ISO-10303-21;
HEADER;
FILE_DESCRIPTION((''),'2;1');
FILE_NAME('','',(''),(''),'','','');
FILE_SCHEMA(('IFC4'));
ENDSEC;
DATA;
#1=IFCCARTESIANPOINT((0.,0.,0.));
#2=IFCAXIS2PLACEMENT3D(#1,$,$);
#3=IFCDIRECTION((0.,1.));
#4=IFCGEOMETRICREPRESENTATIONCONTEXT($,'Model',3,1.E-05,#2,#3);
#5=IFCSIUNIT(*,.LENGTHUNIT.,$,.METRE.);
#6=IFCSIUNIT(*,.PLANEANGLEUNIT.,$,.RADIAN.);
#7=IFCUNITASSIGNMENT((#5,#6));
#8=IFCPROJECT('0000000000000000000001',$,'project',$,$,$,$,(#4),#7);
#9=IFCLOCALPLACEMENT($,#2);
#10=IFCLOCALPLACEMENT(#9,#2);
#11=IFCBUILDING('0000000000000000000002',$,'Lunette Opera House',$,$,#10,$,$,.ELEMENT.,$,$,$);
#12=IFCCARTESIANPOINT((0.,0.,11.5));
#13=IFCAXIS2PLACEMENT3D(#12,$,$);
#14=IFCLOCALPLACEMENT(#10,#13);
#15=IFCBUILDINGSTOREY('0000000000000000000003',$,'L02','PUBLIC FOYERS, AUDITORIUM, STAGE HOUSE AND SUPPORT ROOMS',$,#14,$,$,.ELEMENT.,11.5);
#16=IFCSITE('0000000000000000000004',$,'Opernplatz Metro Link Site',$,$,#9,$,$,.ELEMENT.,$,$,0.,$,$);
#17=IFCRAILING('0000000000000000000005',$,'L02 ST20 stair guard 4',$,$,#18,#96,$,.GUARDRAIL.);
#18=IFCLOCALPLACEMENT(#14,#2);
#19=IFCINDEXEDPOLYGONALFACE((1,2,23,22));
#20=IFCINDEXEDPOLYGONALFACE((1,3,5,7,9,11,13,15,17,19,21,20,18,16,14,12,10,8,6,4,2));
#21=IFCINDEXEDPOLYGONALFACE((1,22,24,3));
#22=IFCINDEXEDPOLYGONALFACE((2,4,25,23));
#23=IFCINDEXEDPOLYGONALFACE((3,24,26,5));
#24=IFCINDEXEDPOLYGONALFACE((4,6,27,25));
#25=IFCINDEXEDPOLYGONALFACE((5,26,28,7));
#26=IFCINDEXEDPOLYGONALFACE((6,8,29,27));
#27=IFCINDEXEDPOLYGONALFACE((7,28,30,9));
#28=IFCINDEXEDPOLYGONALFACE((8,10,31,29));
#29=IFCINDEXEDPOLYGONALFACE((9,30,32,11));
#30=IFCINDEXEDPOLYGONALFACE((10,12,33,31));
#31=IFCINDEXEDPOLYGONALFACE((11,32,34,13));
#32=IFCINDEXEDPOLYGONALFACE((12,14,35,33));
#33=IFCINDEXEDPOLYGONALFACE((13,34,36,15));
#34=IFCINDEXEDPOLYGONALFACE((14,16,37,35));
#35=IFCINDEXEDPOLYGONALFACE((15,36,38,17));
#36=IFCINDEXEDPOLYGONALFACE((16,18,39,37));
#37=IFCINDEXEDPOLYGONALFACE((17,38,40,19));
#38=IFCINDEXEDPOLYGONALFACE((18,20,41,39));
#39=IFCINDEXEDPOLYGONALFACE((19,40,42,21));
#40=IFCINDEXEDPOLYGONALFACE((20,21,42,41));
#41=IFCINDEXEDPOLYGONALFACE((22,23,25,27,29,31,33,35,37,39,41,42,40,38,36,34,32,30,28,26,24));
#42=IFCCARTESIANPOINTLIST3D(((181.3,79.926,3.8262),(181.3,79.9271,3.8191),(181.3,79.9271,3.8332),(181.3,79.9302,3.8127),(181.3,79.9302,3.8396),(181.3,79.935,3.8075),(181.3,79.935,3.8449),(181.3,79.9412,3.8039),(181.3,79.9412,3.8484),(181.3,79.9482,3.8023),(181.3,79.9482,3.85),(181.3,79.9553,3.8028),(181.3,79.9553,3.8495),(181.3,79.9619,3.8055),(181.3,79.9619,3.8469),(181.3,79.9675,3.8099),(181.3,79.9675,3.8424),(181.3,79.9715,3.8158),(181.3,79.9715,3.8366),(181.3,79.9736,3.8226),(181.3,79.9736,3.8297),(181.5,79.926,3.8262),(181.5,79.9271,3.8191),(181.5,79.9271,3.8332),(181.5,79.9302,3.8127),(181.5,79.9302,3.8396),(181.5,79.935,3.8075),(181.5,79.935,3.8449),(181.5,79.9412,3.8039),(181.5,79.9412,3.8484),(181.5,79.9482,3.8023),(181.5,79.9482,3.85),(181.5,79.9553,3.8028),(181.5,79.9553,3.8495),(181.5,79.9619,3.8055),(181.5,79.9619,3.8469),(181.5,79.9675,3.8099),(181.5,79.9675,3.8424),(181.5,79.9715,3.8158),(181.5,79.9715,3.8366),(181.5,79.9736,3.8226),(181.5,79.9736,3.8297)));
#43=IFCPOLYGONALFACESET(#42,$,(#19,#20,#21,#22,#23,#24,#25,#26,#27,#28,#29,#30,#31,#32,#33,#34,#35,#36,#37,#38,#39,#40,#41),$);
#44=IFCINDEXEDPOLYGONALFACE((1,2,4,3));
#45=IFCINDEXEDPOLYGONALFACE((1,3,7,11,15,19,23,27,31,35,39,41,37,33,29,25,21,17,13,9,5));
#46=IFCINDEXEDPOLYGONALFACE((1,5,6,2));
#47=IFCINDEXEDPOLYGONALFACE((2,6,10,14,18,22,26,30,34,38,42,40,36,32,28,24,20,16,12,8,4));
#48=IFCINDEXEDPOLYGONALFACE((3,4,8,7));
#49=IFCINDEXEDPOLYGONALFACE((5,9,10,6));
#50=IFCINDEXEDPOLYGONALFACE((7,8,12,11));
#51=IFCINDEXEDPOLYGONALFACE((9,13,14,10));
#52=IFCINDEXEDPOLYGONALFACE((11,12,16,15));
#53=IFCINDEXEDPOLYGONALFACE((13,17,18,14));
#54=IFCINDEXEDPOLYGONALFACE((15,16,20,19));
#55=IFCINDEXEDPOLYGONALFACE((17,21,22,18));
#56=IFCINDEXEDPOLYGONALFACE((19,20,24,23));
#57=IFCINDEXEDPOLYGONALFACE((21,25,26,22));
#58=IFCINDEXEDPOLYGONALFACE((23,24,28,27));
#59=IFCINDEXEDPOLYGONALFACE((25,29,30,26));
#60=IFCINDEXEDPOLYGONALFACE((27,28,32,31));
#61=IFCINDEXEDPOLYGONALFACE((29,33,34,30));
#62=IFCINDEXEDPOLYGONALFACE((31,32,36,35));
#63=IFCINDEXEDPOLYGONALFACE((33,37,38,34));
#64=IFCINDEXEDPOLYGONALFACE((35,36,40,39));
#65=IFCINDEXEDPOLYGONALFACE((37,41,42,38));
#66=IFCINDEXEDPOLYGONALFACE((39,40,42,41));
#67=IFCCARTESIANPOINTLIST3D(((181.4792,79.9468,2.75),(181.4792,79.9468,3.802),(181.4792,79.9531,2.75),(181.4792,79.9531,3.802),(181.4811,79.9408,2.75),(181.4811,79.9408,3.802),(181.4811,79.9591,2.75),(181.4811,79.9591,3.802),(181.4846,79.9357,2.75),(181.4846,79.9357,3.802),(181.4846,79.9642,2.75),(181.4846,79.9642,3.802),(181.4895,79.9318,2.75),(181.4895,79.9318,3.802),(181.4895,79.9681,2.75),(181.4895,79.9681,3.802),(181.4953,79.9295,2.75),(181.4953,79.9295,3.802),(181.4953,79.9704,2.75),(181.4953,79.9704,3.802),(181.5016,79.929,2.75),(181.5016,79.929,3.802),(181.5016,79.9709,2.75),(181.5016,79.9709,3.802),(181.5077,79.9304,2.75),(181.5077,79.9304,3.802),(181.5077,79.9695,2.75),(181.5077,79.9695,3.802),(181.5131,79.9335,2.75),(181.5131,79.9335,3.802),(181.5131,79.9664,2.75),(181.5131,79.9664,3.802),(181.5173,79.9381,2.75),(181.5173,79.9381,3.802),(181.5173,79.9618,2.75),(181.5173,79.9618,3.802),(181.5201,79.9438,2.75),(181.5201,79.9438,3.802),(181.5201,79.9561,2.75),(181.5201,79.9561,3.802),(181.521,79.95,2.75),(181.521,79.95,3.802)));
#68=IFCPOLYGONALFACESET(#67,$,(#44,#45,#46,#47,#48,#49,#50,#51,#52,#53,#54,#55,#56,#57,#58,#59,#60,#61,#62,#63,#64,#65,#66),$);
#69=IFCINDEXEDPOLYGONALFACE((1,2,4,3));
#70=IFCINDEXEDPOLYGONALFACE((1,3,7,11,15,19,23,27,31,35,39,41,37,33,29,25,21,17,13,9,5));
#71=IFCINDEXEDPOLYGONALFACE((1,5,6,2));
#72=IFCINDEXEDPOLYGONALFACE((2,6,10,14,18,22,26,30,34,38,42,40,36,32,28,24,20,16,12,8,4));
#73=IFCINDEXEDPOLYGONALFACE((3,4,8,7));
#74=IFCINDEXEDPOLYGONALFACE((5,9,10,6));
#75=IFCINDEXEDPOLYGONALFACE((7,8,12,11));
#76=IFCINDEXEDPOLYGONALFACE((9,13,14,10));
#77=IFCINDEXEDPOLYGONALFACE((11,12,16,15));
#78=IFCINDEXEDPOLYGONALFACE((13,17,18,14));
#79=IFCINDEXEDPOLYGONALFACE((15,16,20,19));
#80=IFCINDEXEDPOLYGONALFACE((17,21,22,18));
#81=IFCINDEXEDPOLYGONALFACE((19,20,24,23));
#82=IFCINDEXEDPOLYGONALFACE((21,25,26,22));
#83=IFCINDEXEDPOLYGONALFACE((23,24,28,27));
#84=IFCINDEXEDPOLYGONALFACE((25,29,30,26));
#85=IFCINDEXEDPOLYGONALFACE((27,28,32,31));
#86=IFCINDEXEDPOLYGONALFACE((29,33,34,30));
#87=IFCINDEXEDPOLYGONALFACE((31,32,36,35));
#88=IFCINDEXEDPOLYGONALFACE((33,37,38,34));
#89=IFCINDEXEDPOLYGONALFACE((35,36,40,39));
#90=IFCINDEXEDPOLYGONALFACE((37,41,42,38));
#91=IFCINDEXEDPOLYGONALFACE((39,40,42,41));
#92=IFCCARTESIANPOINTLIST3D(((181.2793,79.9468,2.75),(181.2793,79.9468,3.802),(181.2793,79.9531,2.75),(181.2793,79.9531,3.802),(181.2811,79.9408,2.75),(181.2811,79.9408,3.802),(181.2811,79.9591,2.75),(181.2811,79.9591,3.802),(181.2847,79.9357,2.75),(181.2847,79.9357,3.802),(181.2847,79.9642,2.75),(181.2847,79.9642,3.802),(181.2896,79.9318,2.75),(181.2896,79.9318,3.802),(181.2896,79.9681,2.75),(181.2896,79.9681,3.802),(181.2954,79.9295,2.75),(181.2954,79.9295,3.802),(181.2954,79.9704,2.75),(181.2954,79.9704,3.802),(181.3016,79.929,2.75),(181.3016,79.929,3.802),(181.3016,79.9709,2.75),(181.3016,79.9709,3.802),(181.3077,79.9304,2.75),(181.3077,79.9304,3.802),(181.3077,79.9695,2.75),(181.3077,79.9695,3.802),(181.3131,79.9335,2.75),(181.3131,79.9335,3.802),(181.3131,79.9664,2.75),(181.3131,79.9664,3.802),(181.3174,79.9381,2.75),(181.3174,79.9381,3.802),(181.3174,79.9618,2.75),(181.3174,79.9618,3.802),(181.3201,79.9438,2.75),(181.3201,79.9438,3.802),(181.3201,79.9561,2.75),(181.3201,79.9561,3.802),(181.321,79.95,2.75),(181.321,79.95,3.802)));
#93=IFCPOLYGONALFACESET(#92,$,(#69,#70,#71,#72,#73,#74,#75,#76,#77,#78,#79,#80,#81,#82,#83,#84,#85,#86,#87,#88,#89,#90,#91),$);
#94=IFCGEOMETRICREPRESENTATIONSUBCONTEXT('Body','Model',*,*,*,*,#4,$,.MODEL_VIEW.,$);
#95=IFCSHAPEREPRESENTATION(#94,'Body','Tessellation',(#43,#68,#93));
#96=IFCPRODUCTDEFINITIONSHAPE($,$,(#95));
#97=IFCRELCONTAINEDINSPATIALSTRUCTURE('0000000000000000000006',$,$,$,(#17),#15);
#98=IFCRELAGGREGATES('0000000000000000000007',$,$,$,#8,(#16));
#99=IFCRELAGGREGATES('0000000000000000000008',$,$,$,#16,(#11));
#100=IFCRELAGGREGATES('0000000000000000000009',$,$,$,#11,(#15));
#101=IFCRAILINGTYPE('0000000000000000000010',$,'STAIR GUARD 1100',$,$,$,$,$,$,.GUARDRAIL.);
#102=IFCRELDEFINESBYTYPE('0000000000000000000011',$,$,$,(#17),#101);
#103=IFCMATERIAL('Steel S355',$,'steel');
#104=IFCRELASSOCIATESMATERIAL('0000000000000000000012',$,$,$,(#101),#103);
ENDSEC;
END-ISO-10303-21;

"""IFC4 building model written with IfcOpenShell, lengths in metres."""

from ifc_helpers import new_model, si_unit, direction, frame, origin, origin_2d, place, context, subcontext, project, spatial, circle, extrude, material, type_object, element, save


model = new_model("IFC4")

# Units and contexts
model_context = context("Model", 3, precision=1e-05, world=origin(), true_north=direction((0.0, 1.0)))
body_context = subcontext(model_context, "Body", "Model", "MODEL_VIEW")
ifc_project = project(units=[si_unit("LENGTHUNIT", "METRE"), si_unit("PLANEANGLEUNIT", "RADIAN")], contexts=[model_context])

# Site, building, storey
site_placement = place(None, origin())
site = spatial("IfcSite", under=ifc_project, at=site_placement, Name="Opernplatz Metro Link Site", CompositionType="ELEMENT", RefElevation=0.0)
building_placement = place(site_placement, origin())
building = spatial("IfcBuilding", under=site, at=building_placement, Name="Lunette Opera House", CompositionType="ELEMENT")
storey_placement = place(building_placement, frame((0.0, 0.0, 11.5)))
storey = spatial("IfcBuildingStorey", under=building, at=storey_placement, Name="L02", Description="PUBLIC FOYERS, AUDITORIUM, STAGE HOUSE AND SUPPORT ROOMS", CompositionType="ELEMENT", Elevation=11.5)

# Railing
ifc_material_1 = material(Name="Steel S355", Category="steel")
railing_type_1 = type_object("IfcRailingType", Name="STAIR GUARD 1100", PredefinedType="GUARDRAIL", material=ifc_material_1)
railing_1_placement = place(storey_placement, frame((181.5, 79.95, 2.75)))
element("IfcRailing", 1, at=railing_1_placement, inside=storey, type_object=railing_type_1, Name="L02 ST20 stair guard 4", PredefinedType="GUARDRAIL", context=body_context, shape_type="SweptSolid", body=[
    extrude(circle(Radius=0.0239, at=origin_2d()), frame((0.0, 0.0, 1.0762), z_axis=(-1.0, 0.0, 0.0), x_axis=(0.0, -1.0, 0.0)), (0.0, 0.0, 1.0), 0.2),
    extrude(circle(Radius=0.021, at=origin_2d()), origin(), (0.0, 0.0, 1.0), 1.052),
    extrude(circle(Radius=0.021, at=origin_2d()), frame((-0.2, 0.0, 0.0)), (0.0, 0.0, 1.0), 1.052),
])

save(model, "model.ifc")
